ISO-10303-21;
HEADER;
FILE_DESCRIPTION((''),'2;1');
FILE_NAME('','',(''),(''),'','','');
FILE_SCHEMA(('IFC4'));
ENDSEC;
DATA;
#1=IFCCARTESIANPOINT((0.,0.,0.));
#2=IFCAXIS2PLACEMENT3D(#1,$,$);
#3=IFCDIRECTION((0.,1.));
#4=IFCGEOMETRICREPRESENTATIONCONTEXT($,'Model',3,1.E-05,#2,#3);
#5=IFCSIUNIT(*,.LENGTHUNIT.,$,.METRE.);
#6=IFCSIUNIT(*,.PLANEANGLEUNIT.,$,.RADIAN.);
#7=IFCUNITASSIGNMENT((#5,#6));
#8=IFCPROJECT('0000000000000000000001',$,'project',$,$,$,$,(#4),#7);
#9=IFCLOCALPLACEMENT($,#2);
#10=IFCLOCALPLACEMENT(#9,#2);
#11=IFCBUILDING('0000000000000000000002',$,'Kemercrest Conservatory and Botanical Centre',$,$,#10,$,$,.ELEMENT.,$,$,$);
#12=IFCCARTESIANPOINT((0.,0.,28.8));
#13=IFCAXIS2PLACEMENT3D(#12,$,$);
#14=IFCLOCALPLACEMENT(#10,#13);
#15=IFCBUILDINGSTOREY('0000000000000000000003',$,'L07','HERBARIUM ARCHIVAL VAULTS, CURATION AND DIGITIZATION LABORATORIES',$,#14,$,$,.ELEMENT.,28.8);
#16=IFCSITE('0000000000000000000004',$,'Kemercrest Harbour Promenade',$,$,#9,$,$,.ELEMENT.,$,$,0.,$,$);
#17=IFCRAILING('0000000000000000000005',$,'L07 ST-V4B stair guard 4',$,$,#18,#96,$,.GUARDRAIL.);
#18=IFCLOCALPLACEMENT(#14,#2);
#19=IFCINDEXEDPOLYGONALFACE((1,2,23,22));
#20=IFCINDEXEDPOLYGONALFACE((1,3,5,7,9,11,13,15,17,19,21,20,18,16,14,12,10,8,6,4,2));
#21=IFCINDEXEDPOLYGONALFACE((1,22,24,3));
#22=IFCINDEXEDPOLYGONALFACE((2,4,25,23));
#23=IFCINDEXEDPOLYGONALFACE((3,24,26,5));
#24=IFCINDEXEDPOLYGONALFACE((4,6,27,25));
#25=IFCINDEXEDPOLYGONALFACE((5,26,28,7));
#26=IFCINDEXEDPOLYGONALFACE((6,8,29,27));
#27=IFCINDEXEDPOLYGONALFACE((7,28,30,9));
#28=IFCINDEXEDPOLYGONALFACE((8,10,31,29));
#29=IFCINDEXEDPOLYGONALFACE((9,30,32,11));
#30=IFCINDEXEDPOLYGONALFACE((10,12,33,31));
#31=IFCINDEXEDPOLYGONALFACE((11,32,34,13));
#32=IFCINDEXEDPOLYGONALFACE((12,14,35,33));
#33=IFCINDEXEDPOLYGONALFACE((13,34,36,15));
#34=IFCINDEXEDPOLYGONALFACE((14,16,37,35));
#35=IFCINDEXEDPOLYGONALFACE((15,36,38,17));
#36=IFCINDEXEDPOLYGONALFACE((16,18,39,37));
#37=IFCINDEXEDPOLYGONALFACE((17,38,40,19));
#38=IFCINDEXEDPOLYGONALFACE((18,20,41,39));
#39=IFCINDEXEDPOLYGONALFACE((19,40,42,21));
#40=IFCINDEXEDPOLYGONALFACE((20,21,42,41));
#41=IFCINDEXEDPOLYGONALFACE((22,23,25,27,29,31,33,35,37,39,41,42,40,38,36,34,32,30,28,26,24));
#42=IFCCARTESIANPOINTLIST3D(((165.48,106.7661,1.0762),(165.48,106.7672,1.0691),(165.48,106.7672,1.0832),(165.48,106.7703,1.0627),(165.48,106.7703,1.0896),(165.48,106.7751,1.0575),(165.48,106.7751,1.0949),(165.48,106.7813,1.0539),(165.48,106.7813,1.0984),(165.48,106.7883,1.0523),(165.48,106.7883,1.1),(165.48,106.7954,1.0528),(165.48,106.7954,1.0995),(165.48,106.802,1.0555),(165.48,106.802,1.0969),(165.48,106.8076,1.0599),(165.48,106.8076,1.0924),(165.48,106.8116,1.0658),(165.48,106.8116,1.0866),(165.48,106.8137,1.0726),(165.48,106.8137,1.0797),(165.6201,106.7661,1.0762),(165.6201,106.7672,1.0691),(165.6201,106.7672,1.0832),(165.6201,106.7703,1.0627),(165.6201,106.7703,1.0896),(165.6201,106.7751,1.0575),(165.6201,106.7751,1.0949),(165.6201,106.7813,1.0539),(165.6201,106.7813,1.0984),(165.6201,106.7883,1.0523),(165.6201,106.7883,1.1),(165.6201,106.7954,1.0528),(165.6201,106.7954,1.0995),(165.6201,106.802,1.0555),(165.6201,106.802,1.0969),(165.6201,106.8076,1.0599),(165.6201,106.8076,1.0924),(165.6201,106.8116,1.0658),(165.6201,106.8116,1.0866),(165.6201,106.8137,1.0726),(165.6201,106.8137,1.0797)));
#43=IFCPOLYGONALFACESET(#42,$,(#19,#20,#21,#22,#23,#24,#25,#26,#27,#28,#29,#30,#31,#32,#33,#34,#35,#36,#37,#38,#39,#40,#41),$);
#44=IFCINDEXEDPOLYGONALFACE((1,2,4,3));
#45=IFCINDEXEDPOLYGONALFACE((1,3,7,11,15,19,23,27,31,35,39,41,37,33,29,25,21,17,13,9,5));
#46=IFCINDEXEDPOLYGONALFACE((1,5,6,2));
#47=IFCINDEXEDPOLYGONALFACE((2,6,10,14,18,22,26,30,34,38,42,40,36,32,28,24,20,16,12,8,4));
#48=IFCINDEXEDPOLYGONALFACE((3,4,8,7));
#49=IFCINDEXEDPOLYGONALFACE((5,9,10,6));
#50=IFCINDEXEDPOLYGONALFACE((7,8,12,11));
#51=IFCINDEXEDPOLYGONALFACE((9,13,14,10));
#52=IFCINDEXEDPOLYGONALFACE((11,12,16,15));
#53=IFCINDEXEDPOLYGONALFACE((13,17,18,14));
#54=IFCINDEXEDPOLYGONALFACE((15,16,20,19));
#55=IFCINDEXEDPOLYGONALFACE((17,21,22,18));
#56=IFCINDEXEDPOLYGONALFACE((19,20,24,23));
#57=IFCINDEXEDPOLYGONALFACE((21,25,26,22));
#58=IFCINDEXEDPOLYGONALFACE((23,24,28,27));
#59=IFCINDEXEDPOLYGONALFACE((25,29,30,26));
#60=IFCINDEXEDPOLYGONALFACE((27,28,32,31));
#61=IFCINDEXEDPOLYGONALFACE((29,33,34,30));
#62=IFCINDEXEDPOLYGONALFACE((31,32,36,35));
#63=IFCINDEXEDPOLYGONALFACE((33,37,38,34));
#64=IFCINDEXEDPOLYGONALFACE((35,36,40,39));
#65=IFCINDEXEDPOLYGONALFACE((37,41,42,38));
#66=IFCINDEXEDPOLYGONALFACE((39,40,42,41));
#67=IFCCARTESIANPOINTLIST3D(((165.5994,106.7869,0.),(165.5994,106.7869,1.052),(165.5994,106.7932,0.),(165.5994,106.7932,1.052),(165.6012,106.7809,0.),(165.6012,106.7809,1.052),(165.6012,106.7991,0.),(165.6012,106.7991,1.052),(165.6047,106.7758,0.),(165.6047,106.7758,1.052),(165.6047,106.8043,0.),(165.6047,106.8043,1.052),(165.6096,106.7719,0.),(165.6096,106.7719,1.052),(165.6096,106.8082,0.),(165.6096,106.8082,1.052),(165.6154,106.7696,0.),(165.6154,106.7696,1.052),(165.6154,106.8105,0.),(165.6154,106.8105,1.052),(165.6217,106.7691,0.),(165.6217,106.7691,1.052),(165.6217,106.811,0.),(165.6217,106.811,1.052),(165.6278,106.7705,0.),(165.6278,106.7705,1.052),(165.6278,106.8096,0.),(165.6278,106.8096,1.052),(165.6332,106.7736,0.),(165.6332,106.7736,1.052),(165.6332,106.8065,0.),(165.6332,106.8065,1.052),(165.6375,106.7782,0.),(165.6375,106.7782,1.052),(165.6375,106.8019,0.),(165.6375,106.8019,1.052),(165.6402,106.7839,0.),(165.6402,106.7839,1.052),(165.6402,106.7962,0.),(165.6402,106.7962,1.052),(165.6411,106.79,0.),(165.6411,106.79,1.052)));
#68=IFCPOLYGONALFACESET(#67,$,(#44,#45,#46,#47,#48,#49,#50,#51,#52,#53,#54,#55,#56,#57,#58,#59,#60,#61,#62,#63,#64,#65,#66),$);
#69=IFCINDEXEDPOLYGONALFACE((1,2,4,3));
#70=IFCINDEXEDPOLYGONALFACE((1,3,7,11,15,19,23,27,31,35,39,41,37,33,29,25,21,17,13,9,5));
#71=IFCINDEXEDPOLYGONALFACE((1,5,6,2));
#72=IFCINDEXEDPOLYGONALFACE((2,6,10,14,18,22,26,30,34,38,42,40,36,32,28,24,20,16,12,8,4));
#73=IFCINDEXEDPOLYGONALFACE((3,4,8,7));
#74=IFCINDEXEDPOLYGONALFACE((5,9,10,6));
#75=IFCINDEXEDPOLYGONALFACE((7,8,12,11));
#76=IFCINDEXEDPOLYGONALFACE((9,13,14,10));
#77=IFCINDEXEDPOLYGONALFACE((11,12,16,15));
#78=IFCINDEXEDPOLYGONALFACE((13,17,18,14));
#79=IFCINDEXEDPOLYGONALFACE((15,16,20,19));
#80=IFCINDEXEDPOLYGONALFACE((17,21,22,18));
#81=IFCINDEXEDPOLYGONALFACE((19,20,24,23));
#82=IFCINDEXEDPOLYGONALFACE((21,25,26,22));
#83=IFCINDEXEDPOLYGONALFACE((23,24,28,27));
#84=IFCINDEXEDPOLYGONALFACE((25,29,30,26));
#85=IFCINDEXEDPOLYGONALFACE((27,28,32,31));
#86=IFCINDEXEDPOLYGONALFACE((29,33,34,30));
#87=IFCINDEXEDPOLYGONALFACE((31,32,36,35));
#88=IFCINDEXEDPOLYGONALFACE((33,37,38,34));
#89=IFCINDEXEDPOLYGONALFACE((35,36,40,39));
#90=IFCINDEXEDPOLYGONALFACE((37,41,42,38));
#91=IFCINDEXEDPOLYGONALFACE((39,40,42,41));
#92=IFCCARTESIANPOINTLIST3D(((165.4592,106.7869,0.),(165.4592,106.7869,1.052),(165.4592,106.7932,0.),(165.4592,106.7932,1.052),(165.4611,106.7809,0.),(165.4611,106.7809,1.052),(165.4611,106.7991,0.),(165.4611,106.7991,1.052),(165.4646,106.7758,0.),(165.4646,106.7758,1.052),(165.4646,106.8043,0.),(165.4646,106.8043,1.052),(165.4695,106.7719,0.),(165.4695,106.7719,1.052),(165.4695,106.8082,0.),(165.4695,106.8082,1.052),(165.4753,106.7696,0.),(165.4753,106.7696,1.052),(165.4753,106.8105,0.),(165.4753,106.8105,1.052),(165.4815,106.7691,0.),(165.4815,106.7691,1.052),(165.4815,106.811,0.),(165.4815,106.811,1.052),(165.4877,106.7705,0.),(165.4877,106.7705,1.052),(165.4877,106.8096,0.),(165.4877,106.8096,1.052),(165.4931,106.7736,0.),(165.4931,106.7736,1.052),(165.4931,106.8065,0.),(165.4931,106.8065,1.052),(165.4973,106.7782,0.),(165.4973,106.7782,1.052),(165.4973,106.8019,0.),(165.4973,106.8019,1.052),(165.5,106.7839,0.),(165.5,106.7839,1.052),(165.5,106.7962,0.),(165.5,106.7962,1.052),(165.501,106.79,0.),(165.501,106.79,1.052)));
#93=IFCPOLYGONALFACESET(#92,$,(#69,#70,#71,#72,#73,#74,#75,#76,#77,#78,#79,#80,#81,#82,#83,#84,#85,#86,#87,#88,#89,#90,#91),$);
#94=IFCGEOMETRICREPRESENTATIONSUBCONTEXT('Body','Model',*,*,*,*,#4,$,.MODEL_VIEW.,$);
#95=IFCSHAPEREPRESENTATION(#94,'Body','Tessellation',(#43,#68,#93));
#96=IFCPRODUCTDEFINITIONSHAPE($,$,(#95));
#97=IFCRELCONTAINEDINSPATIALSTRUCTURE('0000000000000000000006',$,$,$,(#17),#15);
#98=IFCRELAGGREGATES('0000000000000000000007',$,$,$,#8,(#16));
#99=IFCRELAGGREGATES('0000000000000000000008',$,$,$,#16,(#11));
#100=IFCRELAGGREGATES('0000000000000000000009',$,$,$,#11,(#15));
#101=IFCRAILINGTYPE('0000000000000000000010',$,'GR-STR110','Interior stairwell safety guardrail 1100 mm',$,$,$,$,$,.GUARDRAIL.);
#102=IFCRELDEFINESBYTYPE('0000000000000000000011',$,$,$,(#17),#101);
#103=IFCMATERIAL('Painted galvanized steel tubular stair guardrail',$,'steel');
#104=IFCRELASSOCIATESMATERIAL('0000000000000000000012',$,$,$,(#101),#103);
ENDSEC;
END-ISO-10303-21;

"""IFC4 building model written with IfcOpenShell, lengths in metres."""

from ifc_helpers import new_model, si_unit, direction, frame, origin, origin_2d, place, context, subcontext, project, spatial, circle, extrude, material, type_object, element, save


model = new_model("IFC4")

# Units and contexts
model_context = context("Model", 3, precision=1e-05, world=origin(), true_north=direction((0.0, 1.0)))
body_context = subcontext(model_context, "Body", "Model", "MODEL_VIEW")
ifc_project = project(units=[si_unit("LENGTHUNIT", "METRE"), si_unit("PLANEANGLEUNIT", "RADIAN")], contexts=[model_context])

# Site, building, storey
site_placement = place(None, origin())
site = spatial("IfcSite", under=ifc_project, at=site_placement, Name="Kemercrest Harbour Promenade", CompositionType="ELEMENT", RefElevation=0.0)
building_placement = place(site_placement, origin())
building = spatial("IfcBuilding", under=site, at=building_placement, Name="Kemercrest Conservatory and Botanical Centre", CompositionType="ELEMENT")
storey_placement = place(building_placement, frame((0.0, 0.0, 28.8)))
storey = spatial("IfcBuildingStorey", under=building, at=storey_placement, Name="L07", Description="HERBARIUM ARCHIVAL VAULTS, CURATION AND DIGITIZATION LABORATORIES", CompositionType="ELEMENT", Elevation=28.8)

# Railing
ifc_material_1 = material(Name="Painted galvanized steel tubular stair guardrail", Category="steel")
railing_type_1 = type_object("IfcRailingType", Name="GR-STR110", Description="Interior stairwell safety guardrail 1100 mm", PredefinedType="GUARDRAIL", material=ifc_material_1)
railing_1_placement = place(storey_placement, frame((165.6201, 106.79, 0.0)))
element("IfcRailing", 1, at=railing_1_placement, inside=storey, type_object=railing_type_1, Name="L07 ST-V4B stair guard 4", PredefinedType="GUARDRAIL", context=body_context, shape_type="SweptSolid", body=[
    extrude(circle(Radius=0.0239, at=origin_2d()), frame((0.0, 0.0, 1.0762), z_axis=(-1.0, 0.0, 0.0), x_axis=(0.0, -1.0, 0.0)), (0.0, 0.0, 1.0), 0.1401),
    extrude(circle(Radius=0.021, at=origin_2d()), origin(), (0.0, 0.0, 1.0), 1.052),
    extrude(circle(Radius=0.021, at=origin_2d()), frame((-0.1401, 0.0, 0.0)), (0.0, 0.0, 1.0), 1.052),
])

save(model, "model.ifc")
